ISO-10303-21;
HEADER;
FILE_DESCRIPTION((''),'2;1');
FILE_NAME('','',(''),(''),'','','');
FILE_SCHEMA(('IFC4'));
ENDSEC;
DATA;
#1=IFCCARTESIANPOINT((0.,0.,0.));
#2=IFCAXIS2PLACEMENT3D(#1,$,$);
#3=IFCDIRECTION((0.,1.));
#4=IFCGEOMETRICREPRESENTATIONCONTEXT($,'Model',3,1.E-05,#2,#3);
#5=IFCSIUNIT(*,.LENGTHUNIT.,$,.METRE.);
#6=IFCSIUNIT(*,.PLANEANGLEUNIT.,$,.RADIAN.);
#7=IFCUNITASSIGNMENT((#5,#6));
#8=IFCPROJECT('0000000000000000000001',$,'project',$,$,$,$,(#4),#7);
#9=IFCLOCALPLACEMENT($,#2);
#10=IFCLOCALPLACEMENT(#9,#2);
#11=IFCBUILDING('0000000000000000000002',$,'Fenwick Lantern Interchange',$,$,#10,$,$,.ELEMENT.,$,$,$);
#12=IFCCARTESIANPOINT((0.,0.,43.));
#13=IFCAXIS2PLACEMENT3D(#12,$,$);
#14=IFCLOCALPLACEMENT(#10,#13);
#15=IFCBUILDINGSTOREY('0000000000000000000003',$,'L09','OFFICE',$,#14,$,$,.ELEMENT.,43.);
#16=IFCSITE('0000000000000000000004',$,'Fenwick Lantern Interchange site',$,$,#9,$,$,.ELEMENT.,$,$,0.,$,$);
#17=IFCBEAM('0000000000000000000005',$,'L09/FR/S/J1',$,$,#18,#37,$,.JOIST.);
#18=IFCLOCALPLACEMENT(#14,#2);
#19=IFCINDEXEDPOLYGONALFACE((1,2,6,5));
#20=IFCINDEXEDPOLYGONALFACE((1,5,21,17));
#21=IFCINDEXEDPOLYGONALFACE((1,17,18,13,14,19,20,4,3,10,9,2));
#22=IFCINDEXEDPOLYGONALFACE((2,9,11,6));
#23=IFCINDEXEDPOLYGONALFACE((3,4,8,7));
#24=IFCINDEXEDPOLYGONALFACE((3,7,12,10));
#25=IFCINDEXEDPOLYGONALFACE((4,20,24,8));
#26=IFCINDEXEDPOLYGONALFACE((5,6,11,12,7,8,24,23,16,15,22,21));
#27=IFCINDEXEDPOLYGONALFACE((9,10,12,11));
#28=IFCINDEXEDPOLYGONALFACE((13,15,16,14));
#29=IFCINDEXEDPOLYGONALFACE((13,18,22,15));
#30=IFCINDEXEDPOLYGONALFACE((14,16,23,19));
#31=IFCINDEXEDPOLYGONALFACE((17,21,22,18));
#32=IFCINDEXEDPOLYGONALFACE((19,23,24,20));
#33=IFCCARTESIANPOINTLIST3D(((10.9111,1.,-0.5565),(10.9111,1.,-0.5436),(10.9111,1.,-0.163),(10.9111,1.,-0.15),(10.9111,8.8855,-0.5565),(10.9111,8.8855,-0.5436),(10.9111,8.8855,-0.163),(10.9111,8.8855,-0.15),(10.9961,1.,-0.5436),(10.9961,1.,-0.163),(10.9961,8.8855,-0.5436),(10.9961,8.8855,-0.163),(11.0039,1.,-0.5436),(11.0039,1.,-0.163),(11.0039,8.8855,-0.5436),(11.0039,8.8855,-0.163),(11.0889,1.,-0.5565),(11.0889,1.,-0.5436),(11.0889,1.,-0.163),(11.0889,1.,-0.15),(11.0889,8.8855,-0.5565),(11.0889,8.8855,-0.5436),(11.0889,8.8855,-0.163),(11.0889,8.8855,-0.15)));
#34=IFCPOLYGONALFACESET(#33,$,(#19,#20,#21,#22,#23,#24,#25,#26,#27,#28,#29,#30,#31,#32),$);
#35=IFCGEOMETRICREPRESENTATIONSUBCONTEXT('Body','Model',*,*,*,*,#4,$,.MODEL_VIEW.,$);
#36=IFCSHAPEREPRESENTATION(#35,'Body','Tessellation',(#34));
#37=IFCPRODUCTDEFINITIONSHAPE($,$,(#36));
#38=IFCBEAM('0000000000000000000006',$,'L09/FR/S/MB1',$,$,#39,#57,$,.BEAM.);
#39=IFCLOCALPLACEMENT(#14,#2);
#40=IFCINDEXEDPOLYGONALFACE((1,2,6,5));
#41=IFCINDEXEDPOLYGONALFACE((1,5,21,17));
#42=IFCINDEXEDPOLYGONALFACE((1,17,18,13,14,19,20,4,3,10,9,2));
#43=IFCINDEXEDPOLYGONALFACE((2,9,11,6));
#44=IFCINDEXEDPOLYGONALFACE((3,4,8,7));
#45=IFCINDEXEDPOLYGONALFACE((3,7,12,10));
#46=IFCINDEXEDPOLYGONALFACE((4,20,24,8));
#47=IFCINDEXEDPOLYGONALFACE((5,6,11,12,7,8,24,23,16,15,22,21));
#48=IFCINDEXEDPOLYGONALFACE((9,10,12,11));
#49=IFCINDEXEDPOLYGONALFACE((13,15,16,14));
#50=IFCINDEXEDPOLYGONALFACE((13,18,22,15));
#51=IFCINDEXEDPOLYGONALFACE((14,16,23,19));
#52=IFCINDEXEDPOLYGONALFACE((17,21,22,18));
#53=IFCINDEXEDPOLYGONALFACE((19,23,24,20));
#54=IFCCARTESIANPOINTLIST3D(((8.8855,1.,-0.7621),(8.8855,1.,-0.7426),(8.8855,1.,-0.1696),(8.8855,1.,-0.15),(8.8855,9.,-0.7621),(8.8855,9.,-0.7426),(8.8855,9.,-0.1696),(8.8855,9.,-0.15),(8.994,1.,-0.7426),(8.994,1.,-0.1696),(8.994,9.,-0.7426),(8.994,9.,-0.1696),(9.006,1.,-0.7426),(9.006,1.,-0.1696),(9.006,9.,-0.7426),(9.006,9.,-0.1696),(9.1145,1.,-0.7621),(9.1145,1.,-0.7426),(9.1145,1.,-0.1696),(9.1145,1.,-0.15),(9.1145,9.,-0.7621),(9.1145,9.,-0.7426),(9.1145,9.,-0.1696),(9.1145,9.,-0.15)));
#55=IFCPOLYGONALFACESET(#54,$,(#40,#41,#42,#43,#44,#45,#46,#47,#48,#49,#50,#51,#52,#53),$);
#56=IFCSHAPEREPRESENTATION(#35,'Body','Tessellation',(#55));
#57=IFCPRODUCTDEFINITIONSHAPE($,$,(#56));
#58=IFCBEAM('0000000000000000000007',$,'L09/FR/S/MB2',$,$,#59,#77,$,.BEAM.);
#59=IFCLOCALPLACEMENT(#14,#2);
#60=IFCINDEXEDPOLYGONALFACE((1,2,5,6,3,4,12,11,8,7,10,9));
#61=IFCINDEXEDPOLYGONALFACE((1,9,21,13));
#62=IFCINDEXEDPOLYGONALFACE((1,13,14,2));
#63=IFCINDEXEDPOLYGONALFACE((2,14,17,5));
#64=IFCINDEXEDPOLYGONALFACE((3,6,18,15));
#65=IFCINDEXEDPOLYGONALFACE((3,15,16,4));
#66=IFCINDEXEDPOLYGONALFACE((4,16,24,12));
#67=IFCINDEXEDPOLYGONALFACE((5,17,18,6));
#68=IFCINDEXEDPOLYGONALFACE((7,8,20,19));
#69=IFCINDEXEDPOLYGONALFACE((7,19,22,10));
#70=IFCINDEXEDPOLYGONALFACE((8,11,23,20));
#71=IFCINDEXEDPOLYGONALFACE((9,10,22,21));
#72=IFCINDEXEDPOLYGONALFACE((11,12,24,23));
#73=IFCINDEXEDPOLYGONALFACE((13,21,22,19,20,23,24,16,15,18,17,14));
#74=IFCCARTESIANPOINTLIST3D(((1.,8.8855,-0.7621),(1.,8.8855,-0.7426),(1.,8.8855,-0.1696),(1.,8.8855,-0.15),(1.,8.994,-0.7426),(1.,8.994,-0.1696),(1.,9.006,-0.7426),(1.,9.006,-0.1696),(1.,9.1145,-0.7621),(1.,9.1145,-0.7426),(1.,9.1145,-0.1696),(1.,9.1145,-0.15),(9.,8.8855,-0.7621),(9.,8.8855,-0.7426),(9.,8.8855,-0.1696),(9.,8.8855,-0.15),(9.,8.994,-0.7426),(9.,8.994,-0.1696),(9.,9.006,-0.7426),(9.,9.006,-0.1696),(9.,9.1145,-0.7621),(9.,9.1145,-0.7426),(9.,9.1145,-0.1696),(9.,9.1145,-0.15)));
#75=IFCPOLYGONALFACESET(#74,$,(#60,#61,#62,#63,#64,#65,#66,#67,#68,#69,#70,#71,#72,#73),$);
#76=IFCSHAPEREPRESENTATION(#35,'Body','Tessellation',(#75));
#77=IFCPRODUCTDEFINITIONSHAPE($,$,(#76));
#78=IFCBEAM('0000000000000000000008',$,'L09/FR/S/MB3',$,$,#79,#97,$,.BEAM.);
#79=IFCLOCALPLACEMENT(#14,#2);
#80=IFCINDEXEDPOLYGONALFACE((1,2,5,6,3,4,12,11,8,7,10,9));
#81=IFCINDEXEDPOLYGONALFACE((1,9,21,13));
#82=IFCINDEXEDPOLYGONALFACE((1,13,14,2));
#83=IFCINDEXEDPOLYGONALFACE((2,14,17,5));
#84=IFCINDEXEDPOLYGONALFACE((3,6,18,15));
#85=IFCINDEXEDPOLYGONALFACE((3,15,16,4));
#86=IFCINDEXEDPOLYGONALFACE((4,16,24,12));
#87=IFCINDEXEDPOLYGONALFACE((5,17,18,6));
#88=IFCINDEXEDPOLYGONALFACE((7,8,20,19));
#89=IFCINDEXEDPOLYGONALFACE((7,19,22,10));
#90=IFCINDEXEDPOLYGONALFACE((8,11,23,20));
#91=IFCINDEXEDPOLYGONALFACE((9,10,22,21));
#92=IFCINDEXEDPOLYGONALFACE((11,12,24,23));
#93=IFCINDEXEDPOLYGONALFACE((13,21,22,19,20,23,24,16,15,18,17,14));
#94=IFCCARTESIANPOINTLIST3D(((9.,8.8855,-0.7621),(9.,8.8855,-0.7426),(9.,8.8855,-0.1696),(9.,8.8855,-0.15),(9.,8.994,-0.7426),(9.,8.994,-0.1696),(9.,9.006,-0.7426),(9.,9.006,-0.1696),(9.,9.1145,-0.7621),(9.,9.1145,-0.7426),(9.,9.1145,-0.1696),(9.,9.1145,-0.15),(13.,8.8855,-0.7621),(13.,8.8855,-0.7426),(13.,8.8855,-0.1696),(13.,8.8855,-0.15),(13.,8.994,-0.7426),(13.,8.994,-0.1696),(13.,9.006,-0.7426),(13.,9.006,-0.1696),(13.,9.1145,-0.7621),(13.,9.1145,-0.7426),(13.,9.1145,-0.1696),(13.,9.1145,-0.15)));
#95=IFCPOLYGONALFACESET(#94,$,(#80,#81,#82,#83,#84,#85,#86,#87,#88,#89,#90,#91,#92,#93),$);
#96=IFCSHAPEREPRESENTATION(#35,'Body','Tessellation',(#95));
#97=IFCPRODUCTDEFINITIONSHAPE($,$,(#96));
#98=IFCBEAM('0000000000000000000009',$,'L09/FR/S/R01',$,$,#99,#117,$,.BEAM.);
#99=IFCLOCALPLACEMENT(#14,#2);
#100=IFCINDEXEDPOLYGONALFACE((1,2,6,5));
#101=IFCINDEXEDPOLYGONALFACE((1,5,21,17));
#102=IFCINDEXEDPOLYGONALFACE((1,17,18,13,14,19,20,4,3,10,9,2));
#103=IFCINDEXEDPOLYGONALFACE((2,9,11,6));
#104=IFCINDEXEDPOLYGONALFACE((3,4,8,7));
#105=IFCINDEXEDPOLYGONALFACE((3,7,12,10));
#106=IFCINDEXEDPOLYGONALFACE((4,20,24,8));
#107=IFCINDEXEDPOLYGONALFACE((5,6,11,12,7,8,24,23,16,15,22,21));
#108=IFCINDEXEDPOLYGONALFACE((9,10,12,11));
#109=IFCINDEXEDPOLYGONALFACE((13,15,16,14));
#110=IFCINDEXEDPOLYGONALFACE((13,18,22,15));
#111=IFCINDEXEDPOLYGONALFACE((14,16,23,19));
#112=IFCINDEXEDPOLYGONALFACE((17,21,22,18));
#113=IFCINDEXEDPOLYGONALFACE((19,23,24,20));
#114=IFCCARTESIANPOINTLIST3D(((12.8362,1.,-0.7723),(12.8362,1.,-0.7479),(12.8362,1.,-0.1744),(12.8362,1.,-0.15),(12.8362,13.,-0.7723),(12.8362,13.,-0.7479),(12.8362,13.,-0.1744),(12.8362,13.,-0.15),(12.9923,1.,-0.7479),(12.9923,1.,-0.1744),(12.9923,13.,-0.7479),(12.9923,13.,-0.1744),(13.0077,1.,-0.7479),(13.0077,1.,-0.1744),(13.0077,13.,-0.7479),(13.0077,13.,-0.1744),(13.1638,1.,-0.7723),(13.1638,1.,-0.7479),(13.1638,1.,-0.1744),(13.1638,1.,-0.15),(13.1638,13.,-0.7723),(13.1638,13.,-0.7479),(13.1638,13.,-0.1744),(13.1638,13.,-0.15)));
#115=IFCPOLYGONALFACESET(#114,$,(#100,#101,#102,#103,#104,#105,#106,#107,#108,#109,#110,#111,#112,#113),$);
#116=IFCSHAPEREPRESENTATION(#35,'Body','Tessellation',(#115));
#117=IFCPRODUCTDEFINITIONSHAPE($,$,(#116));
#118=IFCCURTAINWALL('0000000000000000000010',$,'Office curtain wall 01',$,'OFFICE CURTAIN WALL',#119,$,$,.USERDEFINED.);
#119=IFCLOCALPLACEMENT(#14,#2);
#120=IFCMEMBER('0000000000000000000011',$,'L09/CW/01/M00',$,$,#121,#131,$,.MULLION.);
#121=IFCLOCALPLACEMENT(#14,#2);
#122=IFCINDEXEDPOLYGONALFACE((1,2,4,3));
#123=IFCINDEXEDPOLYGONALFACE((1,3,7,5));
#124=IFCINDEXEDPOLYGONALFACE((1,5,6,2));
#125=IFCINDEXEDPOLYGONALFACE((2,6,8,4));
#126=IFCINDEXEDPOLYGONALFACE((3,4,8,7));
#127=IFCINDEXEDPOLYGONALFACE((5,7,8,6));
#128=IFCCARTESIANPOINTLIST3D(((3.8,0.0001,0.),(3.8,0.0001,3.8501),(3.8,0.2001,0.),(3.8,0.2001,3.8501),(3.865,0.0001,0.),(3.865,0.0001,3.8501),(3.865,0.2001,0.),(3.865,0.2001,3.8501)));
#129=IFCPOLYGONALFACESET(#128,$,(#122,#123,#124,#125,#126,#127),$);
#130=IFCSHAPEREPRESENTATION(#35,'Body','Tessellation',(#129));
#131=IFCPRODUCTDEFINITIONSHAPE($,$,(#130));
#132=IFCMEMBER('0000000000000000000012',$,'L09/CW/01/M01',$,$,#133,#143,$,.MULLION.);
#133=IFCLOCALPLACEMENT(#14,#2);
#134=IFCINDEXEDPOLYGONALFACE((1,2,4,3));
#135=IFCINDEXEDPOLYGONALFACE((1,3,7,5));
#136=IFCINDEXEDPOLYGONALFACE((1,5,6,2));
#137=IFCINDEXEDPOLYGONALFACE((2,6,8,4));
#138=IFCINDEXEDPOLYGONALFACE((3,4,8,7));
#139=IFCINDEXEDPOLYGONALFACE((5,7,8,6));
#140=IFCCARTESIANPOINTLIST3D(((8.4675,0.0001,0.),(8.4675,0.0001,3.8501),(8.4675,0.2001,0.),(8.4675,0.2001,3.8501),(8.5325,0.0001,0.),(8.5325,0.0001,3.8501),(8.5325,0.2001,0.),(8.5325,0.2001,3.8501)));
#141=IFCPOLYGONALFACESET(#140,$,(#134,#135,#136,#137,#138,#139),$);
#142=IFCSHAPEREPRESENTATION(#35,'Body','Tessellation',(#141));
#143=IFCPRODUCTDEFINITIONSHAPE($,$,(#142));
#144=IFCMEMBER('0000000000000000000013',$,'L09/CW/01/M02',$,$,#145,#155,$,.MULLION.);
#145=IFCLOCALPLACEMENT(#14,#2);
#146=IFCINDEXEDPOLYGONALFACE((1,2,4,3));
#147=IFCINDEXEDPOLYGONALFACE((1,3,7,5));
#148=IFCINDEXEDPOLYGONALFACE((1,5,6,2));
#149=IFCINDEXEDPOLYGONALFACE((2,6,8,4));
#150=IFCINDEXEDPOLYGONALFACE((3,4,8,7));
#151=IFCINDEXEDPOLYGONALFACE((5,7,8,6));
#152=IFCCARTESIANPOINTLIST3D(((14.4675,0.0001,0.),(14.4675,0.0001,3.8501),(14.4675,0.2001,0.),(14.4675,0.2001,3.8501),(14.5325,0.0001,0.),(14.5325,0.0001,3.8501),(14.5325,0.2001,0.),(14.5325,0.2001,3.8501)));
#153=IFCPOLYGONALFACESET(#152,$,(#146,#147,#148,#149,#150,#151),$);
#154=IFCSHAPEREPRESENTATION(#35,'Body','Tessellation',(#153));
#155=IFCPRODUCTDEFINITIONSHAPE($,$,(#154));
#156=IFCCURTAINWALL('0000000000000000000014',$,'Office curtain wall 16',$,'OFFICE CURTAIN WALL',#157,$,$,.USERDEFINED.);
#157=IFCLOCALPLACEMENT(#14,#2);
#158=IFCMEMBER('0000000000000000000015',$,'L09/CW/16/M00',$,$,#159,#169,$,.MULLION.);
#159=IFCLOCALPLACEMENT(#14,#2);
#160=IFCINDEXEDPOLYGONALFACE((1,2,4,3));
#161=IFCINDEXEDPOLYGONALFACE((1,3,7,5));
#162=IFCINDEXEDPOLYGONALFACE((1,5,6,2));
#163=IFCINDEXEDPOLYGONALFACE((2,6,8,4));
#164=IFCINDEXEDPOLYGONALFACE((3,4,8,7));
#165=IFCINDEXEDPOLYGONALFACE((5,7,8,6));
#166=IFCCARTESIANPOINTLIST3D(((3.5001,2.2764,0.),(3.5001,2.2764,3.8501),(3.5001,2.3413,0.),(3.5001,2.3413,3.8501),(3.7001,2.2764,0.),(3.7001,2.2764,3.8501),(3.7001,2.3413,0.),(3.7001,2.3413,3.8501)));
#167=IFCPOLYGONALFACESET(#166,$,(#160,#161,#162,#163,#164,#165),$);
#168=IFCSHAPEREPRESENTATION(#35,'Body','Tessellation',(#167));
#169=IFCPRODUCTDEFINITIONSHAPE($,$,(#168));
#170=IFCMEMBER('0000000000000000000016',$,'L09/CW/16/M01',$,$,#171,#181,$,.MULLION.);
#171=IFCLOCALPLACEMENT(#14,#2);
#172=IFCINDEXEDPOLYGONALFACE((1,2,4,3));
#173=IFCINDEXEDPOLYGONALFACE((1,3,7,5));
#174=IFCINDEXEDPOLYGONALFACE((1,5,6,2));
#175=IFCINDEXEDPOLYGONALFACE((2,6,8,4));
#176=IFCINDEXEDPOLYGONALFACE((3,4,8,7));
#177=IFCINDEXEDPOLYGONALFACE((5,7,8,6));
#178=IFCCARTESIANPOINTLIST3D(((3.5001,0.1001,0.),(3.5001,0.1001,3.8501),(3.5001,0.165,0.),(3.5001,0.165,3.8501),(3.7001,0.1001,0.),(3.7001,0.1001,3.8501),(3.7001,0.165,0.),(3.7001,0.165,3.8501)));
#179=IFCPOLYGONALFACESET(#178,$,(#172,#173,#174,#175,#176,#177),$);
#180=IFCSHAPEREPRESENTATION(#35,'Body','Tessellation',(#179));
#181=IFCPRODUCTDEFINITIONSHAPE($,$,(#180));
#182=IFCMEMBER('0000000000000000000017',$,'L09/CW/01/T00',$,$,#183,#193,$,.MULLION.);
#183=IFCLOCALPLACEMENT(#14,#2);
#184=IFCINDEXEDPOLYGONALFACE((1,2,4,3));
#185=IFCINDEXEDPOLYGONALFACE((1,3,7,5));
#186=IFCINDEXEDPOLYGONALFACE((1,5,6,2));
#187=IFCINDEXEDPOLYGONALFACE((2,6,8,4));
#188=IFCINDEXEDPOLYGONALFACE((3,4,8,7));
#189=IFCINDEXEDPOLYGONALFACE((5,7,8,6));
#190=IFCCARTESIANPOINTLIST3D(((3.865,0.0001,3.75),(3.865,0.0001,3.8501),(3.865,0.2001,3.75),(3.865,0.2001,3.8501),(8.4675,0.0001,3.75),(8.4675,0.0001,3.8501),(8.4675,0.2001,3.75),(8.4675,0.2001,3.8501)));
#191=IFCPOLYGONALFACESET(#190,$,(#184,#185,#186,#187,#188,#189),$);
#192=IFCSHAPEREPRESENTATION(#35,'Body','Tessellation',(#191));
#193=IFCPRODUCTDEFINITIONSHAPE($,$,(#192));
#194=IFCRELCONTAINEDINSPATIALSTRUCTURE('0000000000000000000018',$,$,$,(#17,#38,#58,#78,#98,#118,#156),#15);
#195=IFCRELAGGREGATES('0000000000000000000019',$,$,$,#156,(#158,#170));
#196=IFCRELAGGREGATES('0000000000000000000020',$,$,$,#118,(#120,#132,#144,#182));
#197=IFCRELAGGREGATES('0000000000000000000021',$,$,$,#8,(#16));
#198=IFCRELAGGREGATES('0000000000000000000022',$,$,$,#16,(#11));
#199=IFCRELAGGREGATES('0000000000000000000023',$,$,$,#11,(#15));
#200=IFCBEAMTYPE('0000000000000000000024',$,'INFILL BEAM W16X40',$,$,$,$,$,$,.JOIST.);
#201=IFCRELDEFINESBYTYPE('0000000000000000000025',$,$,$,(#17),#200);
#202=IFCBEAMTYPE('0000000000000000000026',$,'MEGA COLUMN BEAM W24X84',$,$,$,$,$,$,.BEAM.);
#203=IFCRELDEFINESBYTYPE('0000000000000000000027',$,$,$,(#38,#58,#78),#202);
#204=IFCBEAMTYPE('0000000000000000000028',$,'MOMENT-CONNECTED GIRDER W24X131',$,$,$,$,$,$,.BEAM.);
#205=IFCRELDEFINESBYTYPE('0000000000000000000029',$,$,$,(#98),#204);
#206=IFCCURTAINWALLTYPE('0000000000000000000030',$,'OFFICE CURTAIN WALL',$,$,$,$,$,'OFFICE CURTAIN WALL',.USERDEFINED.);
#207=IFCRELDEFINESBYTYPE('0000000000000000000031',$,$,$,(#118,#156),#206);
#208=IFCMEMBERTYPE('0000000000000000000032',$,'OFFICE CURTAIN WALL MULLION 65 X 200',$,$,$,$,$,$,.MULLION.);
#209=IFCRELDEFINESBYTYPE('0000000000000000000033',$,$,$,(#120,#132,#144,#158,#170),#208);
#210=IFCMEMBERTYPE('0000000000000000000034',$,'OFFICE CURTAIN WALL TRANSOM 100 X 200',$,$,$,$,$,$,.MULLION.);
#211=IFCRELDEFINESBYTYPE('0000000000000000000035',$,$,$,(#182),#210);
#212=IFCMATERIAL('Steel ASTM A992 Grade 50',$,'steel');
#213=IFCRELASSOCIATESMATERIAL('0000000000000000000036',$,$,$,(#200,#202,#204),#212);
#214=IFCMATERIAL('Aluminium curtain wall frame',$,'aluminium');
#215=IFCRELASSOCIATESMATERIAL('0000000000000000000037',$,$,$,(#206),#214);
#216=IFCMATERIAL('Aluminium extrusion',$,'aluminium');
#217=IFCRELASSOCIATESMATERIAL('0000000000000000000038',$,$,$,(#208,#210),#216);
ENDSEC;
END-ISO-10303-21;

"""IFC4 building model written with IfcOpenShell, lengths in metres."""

from ifc_helpers import new_model, si_unit, direction, frame, origin, origin_2d, place, context, subcontext, project, spatial, rectangle, i_section, extrude, material, material_profile, profile_set, type_object, element, aggregate, save


model = new_model("IFC4")

# Units and contexts
model_context = context("Model", 3, precision=1e-05, world=origin(), true_north=direction((0.0, 1.0)))
body_context = subcontext(model_context, "Body", "Model", "MODEL_VIEW")
ifc_project = project(units=[si_unit("LENGTHUNIT", "METRE"), si_unit("PLANEANGLEUNIT", "RADIAN")], contexts=[model_context])

# Site, building, storey
site_placement = place(None, origin())
site = spatial("IfcSite", under=ifc_project, at=site_placement, Name="Fenwick Lantern Interchange site", CompositionType="ELEMENT", RefElevation=0.0)
building_placement = place(site_placement, origin())
building = spatial("IfcBuilding", under=site, at=building_placement, Name="Fenwick Lantern Interchange", CompositionType="ELEMENT")
storey_placement = place(building_placement, frame((0.0, 0.0, 43.0)))
storey = spatial("IfcBuildingStorey", under=building, at=storey_placement, Name="L09", Description="OFFICE", CompositionType="ELEMENT", Elevation=43.0)

# Shared definitions
ifc_material_1 = material(Name="Steel ASTM A992 Grade 50", Category="steel")

# Beams
ifc_material_profile_1 = material_profile(ifc_material_1, i_section(OverallWidth=0.1777, OverallDepth=0.4065, WebThickness=0.0078, FlangeThickness=0.0129, at=origin_2d()), Name="W16X40")
ifc_profile_set_1 = profile_set([ifc_material_profile_1], Name="Steel ASTM A992 Grade 50")
beam_type_1 = type_object("IfcBeamType", Name="INFILL BEAM W16X40", PredefinedType="JOIST", material=ifc_profile_set_1)
beam_1_placement = place(storey_placement, frame((11.0, 1.0, -0.3533), z_axis=(0.0, 1.0, 0.0), x_axis=(-1.0, 0.0, 0.0)))
element("IfcBeam", 1, at=beam_1_placement, inside=storey, type_object=beam_type_1, Name="L09/FR/S/J1", PredefinedType="JOIST", context=body_context, shape_type="SweptSolid", body=[
    extrude(i_section(OverallWidth=0.1777, OverallDepth=0.4065, WebThickness=0.0078, FlangeThickness=0.0129, at=origin_2d()), origin(), (0.0, 0.0, 1.0), 7.8855),
])
ifc_material_profile_2 = material_profile(ifc_material_1, i_section(OverallWidth=0.229, OverallDepth=0.6121, WebThickness=0.012, FlangeThickness=0.0195, at=origin_2d()), Name="W24X84")
ifc_profile_set_2 = profile_set([ifc_material_profile_2], Name="Steel ASTM A992 Grade 50")
beam_type_2 = type_object("IfcBeamType", Name="MEGA COLUMN BEAM W24X84", PredefinedType="BEAM", material=ifc_profile_set_2)
for number, where, z_axis, x_axis, name in (
    (2, (9.0, 9.0, -0.4561), (0.0, -1.0, 0.0), (1.0, 0.0, 0.0), "L09/FR/S/MB1"),
    (3, (9.0, 9.0, -0.4561), (-1.0, 0.0, 0.0), (0.0, -1.0, 0.0), "L09/FR/S/MB2"),
):
    element("IfcBeam", number, at=place(storey_placement, frame(where, z_axis=z_axis, x_axis=x_axis)), inside=storey, type_object=beam_type_2, Name=name, PredefinedType="BEAM", context=body_context, shape_type="SweptSolid", body=[
        extrude(i_section(OverallWidth=0.229, OverallDepth=0.6121, WebThickness=0.012, FlangeThickness=0.0195, at=origin_2d()), origin(), (0.0, 0.0, 1.0), 8.0),
    ])
beam_2_placement = place(storey_placement, frame((9.0, 9.0, -0.4561), z_axis=(1.0, 0.0, 0.0), x_axis=(0.0, 1.0, 0.0)))
element("IfcBeam", 4, at=beam_2_placement, inside=storey, type_object=beam_type_2, Name="L09/FR/S/MB3", PredefinedType="BEAM", context=body_context, shape_type="SweptSolid", body=[
    extrude(i_section(OverallWidth=0.229, OverallDepth=0.6121, WebThickness=0.012, FlangeThickness=0.0195, at=origin_2d()), origin(), (0.0, 0.0, 1.0), 4.0),
])
ifc_material_profile_3 = material_profile(ifc_material_1, i_section(OverallWidth=0.3276, OverallDepth=0.6223, WebThickness=0.0154, FlangeThickness=0.0244, at=origin_2d()), Name="W24X131")
ifc_profile_set_3 = profile_set([ifc_material_profile_3], Name="Steel ASTM A992 Grade 50")
beam_type_3 = type_object("IfcBeamType", Name="MOMENT-CONNECTED GIRDER W24X131", PredefinedType="BEAM", material=ifc_profile_set_3)
beam_3_placement = place(storey_placement, frame((13.0, 1.0, -0.4612), z_axis=(0.0, 1.0, 0.0), x_axis=(-1.0, 0.0, 0.0)))
element("IfcBeam", 5, at=beam_3_placement, inside=storey, type_object=beam_type_3, Name="L09/FR/S/R01", PredefinedType="BEAM", context=body_context, shape_type="SweptSolid", body=[
    extrude(i_section(OverallWidth=0.3276, OverallDepth=0.6223, WebThickness=0.0154, FlangeThickness=0.0244, at=origin_2d()), origin(), (0.0, 0.0, 1.0), 12.0),
])

# Curtain walls, members
ifc_material_2 = material(Name="Aluminium curtain wall frame", Category="aluminium")
curtain_wall_type = type_object("IfcCurtainWallType", Name="OFFICE CURTAIN WALL", ElementType="OFFICE CURTAIN WALL", PredefinedType="USERDEFINED", material=ifc_material_2)
curtain_wall_1_placement = place(storey_placement, origin())
curtain_wall_1 = element("IfcCurtainWall", 6, at=curtain_wall_1_placement, inside=storey, type_object=curtain_wall_type, Name="Office curtain wall 01", ObjectType="OFFICE CURTAIN WALL", PredefinedType="USERDEFINED")
ifc_material_3 = material(Name="Aluminium extrusion", Category="aluminium")
ifc_material_profile_4 = material_profile(ifc_material_3, rectangle(XDim=0.2, YDim=0.0649, at=origin_2d()), Name="OFFICE CURTAIN WALL MULLION 65 X 200")
ifc_profile_set_4 = profile_set([ifc_material_profile_4], Name="Aluminium extrusion")
member_type_1 = type_object("IfcMemberType", Name="OFFICE CURTAIN WALL MULLION 65 X 200", PredefinedType="MULLION", material=ifc_profile_set_4)
member_1_placement = place(storey_placement, frame((3.8325, 0.1001, 0.0), z_axis=(0.0, 0.0, 1.0), x_axis=(0.0, 1.0, 0.0)))
member_1 = element("IfcMember", 7, at=member_1_placement, type_object=member_type_1, Name="L09/CW/01/M00", PredefinedType="MULLION", context=body_context, shape_type="SweptSolid", body=[
    extrude(rectangle(XDim=0.2, YDim=0.0649, at=origin_2d()), origin(), (0.0, 0.0, 1.0), 3.8501),
])
member_2_placement = place(storey_placement, frame((8.5, 0.1001, 0.0), z_axis=(0.0, 0.0, 1.0), x_axis=(0.0, 1.0, 0.0)))
member_2 = element("IfcMember", 8, at=member_2_placement, type_object=member_type_1, Name="L09/CW/01/M01", PredefinedType="MULLION", context=body_context, shape_type="SweptSolid", body=[
    extrude(rectangle(XDim=0.2, YDim=0.0649, at=origin_2d()), origin(), (0.0, 0.0, 1.0), 3.8501),
])
member_3_placement = place(storey_placement, frame((14.5, 0.1001, 0.0), z_axis=(0.0, 0.0, 1.0), x_axis=(0.0, 1.0, 0.0)))
member_3 = element("IfcMember", 9, at=member_3_placement, type_object=member_type_1, Name="L09/CW/01/M02", PredefinedType="MULLION", context=body_context, shape_type="SweptSolid", body=[
    extrude(rectangle(XDim=0.2, YDim=0.0649, at=origin_2d()), origin(), (0.0, 0.0, 1.0), 3.8501),
])
curtain_wall_2_placement = place(storey_placement, origin())
curtain_wall_2 = element("IfcCurtainWall", 10, at=curtain_wall_2_placement, inside=storey, type_object=curtain_wall_type, Name="Office curtain wall 16", ObjectType="OFFICE CURTAIN WALL", PredefinedType="USERDEFINED")
member_4_placement = place(storey_placement, frame((3.6001, 2.3088, 0.0), z_axis=(0.0, 0.0, 1.0), x_axis=(1.0, 0.0, 0.0)))
member_4 = element("IfcMember", 11, at=member_4_placement, type_object=member_type_1, Name="L09/CW/16/M00", PredefinedType="MULLION", context=body_context, shape_type="SweptSolid", body=[
    extrude(rectangle(XDim=0.2, YDim=0.0649, at=origin_2d()), origin(), (0.0, 0.0, 1.0), 3.8501),
])
member_5_placement = place(storey_placement, frame((3.6001, 0.1326, 0.0), z_axis=(0.0, 0.0, 1.0), x_axis=(1.0, 0.0, 0.0)))
member_5 = element("IfcMember", 12, at=member_5_placement, type_object=member_type_1, Name="L09/CW/16/M01", PredefinedType="MULLION", context=body_context, shape_type="SweptSolid", body=[
    extrude(rectangle(XDim=0.2, YDim=0.0649, at=origin_2d()), origin(), (0.0, 0.0, 1.0), 3.8501),
])

# Member
ifc_material_profile_5 = material_profile(ifc_material_3, rectangle(XDim=0.2, YDim=0.1001, at=origin_2d()), Name="OFFICE CURTAIN WALL TRANSOM 100 X 200")
ifc_profile_set_5 = profile_set([ifc_material_profile_5], Name="Aluminium extrusion")
member_type_2 = type_object("IfcMemberType", Name="OFFICE CURTAIN WALL TRANSOM 100 X 200", PredefinedType="MULLION", material=ifc_profile_set_5)
member_6_placement = place(storey_placement, frame((3.865, 0.1001, 3.8), z_axis=(1.0, 0.0, 0.0), x_axis=(0.0, 1.0, 0.0)))
member_6 = element("IfcMember", 13, at=member_6_placement, type_object=member_type_2, Name="L09/CW/01/T00", PredefinedType="MULLION", context=body_context, shape_type="SweptSolid", body=[
    extrude(rectangle(XDim=0.2, YDim=0.1001, at=origin_2d()), origin(), (0.0, 0.0, 1.0), 4.6025),
])
aggregate(curtain_wall_2, [member_4, member_5])

aggregate(curtain_wall_1, [member_1, member_2, member_3, member_6])

save(model, "model.ifc")
